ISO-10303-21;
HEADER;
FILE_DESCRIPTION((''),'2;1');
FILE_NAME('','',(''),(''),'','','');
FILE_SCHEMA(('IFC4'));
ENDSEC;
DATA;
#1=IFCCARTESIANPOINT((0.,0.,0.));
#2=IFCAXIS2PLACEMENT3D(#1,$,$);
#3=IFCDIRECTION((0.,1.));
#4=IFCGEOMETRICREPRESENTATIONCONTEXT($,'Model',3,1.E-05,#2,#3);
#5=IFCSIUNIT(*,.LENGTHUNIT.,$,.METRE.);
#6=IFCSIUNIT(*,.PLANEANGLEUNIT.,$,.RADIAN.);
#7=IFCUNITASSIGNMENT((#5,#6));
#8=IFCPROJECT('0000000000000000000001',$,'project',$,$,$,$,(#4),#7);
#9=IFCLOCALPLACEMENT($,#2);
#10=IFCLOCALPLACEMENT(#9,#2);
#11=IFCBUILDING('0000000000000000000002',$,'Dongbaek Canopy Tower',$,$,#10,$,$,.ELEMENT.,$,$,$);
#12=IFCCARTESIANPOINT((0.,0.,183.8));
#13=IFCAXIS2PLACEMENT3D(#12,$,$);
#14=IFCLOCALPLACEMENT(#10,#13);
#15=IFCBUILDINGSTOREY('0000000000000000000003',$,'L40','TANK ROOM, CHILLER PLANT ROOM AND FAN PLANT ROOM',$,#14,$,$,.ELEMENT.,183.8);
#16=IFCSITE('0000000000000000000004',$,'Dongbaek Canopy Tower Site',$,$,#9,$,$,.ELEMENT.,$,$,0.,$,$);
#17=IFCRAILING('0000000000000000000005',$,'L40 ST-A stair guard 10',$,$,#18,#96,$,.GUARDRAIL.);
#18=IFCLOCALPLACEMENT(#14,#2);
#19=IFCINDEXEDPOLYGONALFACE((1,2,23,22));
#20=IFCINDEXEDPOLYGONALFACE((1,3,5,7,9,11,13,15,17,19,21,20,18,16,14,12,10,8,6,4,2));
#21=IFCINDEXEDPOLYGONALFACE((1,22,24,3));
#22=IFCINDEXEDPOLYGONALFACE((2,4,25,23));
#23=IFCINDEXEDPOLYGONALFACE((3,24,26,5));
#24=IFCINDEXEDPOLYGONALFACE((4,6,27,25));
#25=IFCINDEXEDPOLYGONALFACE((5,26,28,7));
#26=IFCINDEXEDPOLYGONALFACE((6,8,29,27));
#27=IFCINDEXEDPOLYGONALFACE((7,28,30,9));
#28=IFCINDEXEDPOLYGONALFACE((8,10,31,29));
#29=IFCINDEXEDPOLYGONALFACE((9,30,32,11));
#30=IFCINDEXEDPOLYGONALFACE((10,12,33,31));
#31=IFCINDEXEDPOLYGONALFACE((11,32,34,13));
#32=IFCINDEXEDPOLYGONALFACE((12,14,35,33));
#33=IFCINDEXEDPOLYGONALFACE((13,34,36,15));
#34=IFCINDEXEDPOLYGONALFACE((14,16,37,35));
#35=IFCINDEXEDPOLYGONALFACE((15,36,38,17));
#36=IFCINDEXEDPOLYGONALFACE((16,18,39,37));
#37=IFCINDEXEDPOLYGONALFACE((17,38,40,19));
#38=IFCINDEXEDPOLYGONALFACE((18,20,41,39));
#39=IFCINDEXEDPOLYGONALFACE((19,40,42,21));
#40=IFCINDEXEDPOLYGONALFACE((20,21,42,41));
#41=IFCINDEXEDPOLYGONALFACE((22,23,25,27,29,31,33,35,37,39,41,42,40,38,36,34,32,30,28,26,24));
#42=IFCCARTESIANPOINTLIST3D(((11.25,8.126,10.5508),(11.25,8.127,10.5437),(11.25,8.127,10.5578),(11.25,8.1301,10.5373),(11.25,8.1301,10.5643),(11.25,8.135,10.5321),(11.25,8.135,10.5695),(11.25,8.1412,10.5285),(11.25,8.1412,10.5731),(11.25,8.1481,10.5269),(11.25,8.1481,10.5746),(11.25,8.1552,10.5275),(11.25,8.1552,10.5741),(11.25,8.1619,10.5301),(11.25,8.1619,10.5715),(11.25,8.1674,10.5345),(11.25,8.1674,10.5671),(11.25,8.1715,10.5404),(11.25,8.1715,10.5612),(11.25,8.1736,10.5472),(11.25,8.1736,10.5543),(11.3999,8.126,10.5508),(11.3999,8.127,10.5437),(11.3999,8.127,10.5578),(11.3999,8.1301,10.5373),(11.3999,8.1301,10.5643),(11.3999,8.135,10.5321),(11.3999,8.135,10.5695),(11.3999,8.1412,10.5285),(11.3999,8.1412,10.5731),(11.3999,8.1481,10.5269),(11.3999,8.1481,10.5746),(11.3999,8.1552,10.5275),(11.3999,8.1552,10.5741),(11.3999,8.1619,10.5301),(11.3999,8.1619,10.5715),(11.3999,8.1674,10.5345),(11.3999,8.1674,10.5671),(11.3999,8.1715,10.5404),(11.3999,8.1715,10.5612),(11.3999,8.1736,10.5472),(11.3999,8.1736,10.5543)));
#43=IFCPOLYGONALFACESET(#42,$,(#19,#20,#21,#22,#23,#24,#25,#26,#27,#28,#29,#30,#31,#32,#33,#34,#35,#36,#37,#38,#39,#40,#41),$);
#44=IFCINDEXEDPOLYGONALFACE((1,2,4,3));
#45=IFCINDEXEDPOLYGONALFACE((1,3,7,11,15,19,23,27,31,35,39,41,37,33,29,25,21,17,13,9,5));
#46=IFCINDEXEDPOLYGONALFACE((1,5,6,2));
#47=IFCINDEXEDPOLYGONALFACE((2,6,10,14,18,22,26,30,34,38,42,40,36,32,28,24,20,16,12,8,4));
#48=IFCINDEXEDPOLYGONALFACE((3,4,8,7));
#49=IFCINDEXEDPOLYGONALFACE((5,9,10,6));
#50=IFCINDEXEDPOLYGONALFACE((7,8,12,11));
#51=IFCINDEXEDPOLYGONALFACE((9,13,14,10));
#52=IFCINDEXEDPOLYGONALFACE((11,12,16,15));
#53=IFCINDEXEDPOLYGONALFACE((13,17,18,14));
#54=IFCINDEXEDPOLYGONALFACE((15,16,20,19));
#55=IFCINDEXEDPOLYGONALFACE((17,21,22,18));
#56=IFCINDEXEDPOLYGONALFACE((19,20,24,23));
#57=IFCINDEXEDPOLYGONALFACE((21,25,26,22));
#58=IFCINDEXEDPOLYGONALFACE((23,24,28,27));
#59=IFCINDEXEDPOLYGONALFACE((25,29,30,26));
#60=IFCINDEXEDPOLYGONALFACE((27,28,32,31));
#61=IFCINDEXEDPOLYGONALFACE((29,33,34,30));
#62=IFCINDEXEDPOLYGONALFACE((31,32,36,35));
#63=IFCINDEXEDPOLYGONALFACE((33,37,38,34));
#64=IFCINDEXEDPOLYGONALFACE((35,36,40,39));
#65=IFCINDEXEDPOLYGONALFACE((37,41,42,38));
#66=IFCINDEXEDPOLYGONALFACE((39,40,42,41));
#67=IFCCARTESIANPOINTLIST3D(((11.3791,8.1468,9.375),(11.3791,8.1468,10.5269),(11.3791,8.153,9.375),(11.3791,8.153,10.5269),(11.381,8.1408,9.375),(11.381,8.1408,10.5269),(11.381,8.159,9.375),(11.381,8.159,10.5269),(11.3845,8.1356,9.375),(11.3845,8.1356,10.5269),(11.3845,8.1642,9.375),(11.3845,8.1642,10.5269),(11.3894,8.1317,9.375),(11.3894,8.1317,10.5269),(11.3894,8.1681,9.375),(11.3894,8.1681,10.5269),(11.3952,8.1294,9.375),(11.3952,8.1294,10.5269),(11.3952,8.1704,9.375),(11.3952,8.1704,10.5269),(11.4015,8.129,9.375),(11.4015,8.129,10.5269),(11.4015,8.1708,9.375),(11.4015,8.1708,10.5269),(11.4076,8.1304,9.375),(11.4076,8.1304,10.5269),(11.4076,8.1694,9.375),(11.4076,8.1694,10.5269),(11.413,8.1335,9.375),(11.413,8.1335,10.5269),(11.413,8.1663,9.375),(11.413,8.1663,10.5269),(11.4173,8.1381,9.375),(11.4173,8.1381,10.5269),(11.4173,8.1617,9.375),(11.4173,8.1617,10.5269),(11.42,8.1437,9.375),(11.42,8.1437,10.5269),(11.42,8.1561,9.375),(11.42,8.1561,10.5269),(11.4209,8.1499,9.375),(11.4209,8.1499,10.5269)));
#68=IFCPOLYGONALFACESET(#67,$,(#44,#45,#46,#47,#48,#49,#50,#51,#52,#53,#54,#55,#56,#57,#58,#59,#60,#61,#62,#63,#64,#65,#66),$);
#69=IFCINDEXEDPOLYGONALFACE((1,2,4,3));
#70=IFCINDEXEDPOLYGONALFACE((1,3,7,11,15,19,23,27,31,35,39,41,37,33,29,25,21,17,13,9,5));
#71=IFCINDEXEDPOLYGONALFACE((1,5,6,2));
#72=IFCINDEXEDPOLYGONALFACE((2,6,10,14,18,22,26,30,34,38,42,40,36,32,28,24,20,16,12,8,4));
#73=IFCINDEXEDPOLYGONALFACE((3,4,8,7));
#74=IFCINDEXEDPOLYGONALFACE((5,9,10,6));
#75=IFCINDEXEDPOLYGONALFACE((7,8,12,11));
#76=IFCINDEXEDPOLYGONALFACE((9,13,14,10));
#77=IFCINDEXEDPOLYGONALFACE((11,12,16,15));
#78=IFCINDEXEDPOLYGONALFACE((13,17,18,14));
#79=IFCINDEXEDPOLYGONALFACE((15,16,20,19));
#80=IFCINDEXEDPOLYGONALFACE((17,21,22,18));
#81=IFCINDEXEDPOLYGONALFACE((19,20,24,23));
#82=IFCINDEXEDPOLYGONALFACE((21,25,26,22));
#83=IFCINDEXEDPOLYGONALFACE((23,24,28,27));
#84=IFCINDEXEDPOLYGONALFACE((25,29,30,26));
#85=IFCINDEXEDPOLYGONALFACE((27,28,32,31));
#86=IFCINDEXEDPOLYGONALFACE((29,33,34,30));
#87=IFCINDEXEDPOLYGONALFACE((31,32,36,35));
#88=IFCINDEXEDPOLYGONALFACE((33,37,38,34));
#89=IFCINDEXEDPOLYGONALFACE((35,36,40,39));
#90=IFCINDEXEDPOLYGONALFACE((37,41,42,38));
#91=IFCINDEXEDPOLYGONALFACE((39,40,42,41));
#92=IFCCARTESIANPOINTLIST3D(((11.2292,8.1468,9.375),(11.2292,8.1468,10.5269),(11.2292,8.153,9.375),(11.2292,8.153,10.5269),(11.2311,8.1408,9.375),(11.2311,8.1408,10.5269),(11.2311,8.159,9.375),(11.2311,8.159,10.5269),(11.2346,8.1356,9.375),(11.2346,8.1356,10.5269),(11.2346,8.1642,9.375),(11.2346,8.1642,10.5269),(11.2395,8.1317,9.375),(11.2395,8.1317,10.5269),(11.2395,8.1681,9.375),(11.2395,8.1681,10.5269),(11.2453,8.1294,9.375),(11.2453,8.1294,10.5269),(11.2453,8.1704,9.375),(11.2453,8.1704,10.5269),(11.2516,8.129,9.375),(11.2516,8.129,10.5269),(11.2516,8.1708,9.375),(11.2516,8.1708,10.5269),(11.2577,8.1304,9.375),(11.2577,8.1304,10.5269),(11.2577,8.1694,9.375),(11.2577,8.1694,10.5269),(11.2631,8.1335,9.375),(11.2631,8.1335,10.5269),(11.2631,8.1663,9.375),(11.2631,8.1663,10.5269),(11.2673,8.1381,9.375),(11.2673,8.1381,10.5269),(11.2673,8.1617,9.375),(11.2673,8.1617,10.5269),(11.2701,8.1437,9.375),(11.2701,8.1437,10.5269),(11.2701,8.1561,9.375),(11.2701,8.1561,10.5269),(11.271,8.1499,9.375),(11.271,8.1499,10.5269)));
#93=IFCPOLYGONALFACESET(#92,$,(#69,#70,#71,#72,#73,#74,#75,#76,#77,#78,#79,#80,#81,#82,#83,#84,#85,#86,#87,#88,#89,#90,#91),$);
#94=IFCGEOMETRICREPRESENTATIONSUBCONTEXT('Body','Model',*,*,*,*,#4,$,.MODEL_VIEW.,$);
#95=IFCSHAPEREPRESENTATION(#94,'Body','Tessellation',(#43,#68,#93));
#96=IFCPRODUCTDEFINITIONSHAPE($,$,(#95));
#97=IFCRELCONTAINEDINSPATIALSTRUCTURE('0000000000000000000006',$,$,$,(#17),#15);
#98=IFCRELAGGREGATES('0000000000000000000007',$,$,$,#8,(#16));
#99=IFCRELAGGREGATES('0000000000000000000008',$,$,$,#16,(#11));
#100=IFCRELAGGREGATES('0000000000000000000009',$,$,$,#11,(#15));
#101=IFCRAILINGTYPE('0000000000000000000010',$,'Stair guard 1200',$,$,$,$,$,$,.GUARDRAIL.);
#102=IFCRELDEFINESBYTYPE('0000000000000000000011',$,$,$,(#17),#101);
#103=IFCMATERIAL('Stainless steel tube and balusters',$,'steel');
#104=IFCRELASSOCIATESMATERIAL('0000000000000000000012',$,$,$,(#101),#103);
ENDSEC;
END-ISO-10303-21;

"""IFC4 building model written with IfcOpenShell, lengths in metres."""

from ifc_helpers import new_model, si_unit, direction, frame, origin, origin_2d, place, context, subcontext, project, spatial, circle, extrude, material, type_object, element, save


model = new_model("IFC4")

# Units and contexts
model_context = context("Model", 3, precision=1e-05, world=origin(), true_north=direction((0.0, 1.0)))
body_context = subcontext(model_context, "Body", "Model", "MODEL_VIEW")
ifc_project = project(units=[si_unit("LENGTHUNIT", "METRE"), si_unit("PLANEANGLEUNIT", "RADIAN")], contexts=[model_context])

# Site, building, storey
site_placement = place(None, origin())
site = spatial("IfcSite", under=ifc_project, at=site_placement, Name="Dongbaek Canopy Tower Site", CompositionType="ELEMENT", RefElevation=0.0)
building_placement = place(site_placement, origin())
building = spatial("IfcBuilding", under=site, at=building_placement, Name="Dongbaek Canopy Tower", CompositionType="ELEMENT")
storey_placement = place(building_placement, frame((0.0, 0.0, 183.8)))
storey = spatial("IfcBuildingStorey", under=building, at=storey_placement, Name="L40", Description="TANK ROOM, CHILLER PLANT ROOM AND FAN PLANT ROOM", CompositionType="ELEMENT", Elevation=183.8)

# Railing
ifc_material_1 = material(Name="Stainless steel tube and balusters", Category="steel")
railing_type_1 = type_object("IfcRailingType", Name="Stair guard 1200", PredefinedType="GUARDRAIL", material=ifc_material_1)
for number, where, name in (
    (1, (11.3999, 8.1499, 9.375), "L40 ST-A stair guard 10"),
):
    element("IfcRailing", number, at=place(storey_placement, frame(where)), inside=storey, type_object=railing_type_1, Name=name, PredefinedType="GUARDRAIL", context=body_context, shape_type="SweptSolid", body=[
        extrude(circle(Radius=0.0239, at=origin_2d()), frame((0.0, 0.0, 1.1758), z_axis=(-1.0, 0.0, 0.0), x_axis=(0.0, -1.0, 0.0)), (0.0, 0.0, 1.0), 0.1499),
        extrude(circle(Radius=0.021, at=origin_2d()), origin(), (0.0, 0.0, 1.0), 1.1519),
        extrude(circle(Radius=0.021, at=origin_2d()), frame((-0.1499, 0.0, 0.0)), (0.0, 0.0, 1.0), 1.1519),
    ])

save(model, "model.ifc")
